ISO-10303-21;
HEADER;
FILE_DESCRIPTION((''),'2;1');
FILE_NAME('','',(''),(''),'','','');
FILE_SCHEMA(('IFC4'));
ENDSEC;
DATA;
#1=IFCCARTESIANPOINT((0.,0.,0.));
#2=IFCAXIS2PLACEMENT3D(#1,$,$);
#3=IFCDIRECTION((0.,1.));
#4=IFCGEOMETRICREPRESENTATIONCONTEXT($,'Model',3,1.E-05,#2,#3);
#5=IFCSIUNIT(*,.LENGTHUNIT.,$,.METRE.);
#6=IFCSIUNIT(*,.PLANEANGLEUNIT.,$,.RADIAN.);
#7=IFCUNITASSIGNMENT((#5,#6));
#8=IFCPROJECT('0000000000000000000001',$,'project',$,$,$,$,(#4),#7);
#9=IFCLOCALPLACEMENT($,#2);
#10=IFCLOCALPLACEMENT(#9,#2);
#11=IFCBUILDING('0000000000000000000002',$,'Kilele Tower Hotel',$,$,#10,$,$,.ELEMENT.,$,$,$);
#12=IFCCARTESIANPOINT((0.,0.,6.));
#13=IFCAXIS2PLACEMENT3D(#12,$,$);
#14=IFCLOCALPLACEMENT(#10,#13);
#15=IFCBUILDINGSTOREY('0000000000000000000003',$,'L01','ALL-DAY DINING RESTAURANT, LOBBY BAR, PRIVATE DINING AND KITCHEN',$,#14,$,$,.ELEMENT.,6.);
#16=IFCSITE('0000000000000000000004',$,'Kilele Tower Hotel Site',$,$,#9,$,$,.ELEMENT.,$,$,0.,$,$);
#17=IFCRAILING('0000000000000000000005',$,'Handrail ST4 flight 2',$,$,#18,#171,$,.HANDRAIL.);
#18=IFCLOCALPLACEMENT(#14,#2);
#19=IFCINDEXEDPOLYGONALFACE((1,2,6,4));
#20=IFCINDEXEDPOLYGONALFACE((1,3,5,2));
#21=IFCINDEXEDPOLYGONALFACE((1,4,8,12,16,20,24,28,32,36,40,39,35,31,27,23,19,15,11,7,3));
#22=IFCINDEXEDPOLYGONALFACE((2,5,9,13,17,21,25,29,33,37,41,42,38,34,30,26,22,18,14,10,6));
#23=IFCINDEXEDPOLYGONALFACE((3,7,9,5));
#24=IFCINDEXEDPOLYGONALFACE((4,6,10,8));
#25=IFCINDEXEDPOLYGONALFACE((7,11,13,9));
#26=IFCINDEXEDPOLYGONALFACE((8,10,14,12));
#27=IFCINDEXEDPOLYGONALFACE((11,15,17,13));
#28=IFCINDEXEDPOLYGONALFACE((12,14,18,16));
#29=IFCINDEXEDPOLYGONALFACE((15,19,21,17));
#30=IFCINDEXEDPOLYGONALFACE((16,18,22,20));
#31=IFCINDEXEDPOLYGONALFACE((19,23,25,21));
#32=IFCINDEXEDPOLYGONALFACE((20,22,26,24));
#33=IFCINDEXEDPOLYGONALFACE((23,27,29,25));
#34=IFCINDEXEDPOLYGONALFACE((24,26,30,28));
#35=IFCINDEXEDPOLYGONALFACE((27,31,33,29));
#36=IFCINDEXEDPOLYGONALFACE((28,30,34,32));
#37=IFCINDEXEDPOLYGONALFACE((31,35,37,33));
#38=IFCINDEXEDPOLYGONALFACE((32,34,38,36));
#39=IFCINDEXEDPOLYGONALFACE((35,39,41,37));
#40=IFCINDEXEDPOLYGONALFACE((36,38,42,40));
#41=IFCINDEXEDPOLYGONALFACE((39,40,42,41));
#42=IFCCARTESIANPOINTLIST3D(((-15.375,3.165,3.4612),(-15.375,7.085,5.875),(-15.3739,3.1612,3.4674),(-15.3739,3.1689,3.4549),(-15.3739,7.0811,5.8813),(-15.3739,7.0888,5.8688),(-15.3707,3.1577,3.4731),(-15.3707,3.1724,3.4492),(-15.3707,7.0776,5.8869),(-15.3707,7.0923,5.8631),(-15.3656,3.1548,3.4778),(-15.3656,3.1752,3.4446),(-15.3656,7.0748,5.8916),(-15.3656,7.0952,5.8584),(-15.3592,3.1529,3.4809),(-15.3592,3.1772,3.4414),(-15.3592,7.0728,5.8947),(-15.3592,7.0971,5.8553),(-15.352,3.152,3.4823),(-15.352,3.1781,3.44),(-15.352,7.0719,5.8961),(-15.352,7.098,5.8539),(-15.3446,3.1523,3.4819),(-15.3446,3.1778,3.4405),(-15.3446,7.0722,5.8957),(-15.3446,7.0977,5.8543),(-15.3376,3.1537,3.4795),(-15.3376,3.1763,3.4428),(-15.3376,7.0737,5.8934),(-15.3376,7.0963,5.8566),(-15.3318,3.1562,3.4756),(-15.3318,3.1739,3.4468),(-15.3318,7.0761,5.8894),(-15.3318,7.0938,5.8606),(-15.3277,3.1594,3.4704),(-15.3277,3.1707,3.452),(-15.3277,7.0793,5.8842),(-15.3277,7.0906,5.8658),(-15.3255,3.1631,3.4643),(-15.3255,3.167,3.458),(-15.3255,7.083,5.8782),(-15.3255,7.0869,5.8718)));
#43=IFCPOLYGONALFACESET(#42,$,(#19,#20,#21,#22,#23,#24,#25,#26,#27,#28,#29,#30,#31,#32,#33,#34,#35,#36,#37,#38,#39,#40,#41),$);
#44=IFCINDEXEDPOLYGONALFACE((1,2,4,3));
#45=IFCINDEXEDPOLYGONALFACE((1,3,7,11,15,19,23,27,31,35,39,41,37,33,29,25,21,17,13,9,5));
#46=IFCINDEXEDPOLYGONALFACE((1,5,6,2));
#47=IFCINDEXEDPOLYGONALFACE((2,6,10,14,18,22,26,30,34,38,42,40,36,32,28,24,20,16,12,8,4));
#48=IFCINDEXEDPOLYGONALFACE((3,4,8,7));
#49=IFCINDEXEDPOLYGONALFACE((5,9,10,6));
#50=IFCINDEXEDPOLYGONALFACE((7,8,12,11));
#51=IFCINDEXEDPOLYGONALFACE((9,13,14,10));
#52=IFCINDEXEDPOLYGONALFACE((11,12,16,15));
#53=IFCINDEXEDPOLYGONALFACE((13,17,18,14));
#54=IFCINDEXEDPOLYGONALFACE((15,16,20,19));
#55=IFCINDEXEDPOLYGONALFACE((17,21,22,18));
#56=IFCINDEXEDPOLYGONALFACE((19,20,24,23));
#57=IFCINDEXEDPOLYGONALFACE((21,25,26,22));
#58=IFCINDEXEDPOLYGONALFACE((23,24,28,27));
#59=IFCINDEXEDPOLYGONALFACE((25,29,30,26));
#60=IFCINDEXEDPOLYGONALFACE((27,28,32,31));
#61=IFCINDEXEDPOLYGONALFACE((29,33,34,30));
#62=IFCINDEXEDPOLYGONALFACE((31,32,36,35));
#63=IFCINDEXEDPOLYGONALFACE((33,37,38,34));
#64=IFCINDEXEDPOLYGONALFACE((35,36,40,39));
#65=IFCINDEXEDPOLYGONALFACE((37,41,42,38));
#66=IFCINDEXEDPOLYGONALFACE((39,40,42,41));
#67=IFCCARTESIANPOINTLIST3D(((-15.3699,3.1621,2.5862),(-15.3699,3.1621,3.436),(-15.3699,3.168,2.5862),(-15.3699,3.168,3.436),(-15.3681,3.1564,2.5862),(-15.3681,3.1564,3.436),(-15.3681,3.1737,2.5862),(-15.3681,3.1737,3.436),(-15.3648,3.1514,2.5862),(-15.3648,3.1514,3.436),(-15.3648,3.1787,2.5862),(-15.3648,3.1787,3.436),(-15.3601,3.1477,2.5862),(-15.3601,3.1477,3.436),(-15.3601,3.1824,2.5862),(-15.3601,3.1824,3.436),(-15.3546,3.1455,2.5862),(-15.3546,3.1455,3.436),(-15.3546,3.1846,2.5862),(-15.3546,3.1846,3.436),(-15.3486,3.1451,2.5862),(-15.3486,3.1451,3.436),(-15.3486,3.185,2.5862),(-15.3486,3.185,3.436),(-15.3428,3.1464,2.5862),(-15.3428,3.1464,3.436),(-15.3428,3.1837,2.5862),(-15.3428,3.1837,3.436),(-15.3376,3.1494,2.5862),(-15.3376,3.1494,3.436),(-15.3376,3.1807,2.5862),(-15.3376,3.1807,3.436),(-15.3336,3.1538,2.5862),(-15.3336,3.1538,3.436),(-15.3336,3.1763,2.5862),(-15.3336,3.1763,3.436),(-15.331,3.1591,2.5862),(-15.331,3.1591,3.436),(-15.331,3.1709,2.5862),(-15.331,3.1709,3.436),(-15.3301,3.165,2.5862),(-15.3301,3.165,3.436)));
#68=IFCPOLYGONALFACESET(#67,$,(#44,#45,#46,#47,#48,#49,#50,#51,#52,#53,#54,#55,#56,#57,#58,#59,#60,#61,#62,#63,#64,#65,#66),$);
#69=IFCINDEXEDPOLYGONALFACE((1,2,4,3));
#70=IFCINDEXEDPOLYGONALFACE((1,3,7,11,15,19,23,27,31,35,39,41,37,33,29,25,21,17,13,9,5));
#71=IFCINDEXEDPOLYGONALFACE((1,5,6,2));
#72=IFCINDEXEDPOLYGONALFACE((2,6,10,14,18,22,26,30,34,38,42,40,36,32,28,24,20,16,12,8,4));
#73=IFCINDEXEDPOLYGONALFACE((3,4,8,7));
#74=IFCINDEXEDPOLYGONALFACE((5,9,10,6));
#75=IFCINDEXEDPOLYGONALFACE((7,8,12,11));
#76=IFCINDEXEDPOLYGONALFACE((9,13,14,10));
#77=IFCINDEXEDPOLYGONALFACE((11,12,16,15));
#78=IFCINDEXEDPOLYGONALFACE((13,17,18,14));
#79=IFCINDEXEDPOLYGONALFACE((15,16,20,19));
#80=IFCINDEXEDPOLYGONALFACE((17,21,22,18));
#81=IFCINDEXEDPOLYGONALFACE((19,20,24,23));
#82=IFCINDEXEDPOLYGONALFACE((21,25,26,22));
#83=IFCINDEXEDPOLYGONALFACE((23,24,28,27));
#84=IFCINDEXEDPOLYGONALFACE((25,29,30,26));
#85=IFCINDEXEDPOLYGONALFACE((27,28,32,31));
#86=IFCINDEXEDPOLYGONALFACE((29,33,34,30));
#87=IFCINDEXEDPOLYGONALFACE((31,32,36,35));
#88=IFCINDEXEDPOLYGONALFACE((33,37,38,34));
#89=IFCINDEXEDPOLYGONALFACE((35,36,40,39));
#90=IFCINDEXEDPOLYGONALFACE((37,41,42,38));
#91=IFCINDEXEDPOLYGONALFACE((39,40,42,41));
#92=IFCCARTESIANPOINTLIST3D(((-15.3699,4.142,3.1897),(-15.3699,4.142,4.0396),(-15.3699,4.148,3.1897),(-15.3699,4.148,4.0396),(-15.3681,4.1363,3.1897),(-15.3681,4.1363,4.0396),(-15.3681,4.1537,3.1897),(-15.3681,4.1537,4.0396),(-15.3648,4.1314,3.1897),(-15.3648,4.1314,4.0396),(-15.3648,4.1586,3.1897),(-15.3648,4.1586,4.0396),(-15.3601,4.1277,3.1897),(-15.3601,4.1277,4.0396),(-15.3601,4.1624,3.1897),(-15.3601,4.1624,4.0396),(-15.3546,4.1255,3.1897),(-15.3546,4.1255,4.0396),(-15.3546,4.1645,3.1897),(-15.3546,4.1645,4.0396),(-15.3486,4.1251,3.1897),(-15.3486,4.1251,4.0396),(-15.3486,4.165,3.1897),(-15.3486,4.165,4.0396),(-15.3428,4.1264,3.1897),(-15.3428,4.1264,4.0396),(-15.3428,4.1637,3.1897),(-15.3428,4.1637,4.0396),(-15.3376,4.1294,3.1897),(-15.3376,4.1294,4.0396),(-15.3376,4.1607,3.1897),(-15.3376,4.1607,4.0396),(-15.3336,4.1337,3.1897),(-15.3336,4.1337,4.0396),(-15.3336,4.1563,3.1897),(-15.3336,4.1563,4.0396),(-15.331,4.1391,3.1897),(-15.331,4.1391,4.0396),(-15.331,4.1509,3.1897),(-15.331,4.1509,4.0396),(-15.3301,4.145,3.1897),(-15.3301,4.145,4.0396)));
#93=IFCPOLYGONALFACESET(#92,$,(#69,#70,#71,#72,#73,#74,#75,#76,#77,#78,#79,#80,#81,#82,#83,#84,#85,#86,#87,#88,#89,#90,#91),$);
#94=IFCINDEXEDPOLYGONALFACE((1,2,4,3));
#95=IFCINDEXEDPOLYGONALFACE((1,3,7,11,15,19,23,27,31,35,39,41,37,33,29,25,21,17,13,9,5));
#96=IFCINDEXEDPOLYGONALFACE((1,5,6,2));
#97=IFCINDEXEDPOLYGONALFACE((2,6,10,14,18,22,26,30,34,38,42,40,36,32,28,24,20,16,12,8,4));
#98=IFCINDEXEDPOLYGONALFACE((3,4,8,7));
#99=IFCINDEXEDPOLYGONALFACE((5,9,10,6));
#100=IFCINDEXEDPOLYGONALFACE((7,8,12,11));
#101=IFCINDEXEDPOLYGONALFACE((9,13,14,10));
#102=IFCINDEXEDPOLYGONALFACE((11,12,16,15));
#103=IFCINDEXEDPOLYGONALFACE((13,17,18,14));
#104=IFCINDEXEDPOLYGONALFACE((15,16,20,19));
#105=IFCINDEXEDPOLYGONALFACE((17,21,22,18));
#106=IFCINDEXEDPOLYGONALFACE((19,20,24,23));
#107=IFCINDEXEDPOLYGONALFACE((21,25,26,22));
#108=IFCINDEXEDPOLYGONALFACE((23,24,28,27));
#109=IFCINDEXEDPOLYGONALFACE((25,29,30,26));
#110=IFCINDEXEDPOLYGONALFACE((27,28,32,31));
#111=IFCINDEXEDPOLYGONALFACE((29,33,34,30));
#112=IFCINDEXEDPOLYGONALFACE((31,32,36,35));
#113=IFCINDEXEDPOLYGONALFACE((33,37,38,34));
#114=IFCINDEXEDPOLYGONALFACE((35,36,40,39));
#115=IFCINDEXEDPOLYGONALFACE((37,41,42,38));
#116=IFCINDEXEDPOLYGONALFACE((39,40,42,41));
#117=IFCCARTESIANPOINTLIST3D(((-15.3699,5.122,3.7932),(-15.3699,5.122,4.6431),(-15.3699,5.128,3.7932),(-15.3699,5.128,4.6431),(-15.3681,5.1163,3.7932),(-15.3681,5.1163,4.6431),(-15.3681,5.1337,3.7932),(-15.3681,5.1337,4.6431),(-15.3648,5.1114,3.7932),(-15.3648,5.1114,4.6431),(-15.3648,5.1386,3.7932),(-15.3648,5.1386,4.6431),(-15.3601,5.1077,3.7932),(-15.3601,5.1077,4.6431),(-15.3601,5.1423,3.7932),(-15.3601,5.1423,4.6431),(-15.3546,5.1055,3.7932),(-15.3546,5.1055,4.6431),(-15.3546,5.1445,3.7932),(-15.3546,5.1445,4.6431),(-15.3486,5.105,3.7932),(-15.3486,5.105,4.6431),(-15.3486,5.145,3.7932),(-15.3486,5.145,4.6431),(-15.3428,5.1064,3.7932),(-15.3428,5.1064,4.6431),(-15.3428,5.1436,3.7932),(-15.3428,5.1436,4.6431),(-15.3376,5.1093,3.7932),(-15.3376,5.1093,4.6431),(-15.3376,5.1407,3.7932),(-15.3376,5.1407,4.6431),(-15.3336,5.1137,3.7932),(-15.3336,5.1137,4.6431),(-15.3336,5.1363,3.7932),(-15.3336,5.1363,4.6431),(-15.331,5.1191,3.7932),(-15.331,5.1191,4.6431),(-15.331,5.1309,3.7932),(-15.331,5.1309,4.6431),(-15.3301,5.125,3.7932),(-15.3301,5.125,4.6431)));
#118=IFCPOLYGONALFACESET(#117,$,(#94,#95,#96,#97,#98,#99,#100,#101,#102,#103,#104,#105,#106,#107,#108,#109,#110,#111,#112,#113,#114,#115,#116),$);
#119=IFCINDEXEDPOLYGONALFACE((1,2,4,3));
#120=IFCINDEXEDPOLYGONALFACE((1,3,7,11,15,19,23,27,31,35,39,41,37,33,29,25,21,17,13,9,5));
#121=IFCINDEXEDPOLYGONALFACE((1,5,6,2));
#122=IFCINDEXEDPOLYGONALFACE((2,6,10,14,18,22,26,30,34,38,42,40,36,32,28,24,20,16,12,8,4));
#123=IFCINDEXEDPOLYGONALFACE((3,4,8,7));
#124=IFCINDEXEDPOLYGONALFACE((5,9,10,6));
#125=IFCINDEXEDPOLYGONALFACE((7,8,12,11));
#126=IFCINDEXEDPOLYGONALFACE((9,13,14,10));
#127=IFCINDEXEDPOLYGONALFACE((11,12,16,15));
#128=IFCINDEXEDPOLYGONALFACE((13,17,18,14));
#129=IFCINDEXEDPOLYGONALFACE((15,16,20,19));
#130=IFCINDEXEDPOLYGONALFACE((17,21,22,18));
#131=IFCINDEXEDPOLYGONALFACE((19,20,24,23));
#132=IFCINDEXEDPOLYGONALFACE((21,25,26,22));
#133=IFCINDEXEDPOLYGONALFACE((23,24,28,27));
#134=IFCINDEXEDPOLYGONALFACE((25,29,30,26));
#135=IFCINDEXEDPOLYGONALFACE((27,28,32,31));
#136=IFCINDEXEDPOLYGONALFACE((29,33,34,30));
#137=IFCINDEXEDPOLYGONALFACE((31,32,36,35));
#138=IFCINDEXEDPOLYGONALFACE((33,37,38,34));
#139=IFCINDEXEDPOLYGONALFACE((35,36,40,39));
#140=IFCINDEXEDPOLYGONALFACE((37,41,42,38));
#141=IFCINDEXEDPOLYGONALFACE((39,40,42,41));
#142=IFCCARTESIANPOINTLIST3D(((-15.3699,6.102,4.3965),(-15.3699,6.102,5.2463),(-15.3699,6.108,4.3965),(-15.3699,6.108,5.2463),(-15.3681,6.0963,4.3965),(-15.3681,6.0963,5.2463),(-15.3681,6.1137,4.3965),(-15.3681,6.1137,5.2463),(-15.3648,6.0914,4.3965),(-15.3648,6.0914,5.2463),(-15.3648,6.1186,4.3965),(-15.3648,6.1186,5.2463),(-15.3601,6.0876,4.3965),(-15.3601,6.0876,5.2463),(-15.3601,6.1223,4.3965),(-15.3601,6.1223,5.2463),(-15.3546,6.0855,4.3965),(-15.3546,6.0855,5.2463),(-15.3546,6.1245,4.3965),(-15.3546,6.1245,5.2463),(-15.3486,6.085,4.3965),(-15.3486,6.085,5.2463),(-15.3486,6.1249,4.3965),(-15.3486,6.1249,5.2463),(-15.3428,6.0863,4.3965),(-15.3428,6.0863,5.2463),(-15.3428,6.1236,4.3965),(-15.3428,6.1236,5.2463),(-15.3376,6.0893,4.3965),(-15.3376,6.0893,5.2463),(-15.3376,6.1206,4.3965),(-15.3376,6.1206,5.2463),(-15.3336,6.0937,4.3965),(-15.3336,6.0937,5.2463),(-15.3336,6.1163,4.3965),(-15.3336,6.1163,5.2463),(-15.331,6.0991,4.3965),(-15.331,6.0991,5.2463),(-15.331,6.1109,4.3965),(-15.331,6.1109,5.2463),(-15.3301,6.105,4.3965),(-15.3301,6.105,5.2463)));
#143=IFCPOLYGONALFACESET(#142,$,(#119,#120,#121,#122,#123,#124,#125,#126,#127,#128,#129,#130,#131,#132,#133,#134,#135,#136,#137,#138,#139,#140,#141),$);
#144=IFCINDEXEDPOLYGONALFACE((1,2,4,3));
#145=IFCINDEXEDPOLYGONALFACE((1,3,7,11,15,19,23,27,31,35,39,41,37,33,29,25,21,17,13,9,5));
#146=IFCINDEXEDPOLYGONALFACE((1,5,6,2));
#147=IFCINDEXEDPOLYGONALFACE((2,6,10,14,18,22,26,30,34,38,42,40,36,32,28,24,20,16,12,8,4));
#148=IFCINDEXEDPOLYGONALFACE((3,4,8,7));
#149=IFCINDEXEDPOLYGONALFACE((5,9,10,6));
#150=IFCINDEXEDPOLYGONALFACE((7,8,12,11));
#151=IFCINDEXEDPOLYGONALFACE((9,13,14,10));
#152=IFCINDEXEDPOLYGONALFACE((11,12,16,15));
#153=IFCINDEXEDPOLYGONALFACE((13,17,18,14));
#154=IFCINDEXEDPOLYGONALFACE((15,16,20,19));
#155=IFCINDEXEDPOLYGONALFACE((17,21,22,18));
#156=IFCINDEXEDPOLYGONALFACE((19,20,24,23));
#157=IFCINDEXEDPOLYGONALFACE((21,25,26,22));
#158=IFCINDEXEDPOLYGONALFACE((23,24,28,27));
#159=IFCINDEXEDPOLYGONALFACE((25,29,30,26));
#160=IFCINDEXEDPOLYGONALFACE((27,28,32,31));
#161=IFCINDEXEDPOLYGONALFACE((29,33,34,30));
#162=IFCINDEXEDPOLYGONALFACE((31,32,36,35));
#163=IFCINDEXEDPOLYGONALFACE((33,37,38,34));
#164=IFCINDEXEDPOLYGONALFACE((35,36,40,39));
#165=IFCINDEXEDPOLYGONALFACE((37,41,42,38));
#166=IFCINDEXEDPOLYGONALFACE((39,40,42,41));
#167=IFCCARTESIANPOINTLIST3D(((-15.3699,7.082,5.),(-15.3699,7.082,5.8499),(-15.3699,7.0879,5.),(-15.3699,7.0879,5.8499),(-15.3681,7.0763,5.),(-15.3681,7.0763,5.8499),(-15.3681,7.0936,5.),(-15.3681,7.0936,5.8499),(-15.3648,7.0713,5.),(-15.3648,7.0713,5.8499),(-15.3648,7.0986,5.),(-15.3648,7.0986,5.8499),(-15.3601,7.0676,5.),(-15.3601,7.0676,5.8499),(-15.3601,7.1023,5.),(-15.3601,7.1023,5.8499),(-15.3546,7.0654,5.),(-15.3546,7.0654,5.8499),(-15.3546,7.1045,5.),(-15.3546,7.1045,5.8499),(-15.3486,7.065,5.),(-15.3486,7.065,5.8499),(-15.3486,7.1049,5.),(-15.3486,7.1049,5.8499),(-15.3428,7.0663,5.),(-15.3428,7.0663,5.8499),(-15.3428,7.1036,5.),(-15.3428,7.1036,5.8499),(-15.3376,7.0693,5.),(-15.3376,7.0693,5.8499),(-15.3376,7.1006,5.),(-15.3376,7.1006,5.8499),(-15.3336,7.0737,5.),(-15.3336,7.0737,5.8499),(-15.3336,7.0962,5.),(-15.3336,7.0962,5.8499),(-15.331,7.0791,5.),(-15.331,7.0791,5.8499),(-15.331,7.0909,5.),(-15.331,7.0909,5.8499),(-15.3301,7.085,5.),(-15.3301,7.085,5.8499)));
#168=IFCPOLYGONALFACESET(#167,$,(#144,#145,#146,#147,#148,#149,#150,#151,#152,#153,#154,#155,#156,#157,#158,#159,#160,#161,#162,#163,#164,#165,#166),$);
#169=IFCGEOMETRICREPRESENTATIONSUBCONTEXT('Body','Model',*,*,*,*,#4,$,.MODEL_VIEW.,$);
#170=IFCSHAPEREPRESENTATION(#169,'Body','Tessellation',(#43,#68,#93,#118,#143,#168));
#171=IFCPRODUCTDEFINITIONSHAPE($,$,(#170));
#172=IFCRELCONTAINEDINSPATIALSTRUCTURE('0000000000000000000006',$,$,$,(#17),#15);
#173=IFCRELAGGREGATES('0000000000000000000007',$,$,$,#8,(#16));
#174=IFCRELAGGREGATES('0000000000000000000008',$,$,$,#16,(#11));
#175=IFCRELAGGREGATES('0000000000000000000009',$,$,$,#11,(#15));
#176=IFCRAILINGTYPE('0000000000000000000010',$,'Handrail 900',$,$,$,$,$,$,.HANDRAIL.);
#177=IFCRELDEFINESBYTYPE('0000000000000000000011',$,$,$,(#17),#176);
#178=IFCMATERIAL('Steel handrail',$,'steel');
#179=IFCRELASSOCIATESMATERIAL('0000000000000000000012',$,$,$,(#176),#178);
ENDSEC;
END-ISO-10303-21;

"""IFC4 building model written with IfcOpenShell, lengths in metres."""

from ifc_helpers import new_model, si_unit, direction, frame, origin, origin_2d, place, context, subcontext, project, spatial, circle, extrude, material, type_object, element, save


model = new_model("IFC4")

# Units and contexts
model_context = context("Model", 3, precision=1e-05, world=origin(), true_north=direction((0.0, 1.0)))
body_context = subcontext(model_context, "Body", "Model", "MODEL_VIEW")
ifc_project = project(units=[si_unit("LENGTHUNIT", "METRE"), si_unit("PLANEANGLEUNIT", "RADIAN")], contexts=[model_context])

# Site, building, storey
site_placement = place(None, origin())
site = spatial("IfcSite", under=ifc_project, at=site_placement, Name="Kilele Tower Hotel Site", CompositionType="ELEMENT", RefElevation=0.0)
building_placement = place(site_placement, origin())
building = spatial("IfcBuilding", under=site, at=building_placement, Name="Kilele Tower Hotel", CompositionType="ELEMENT")
storey_placement = place(building_placement, frame((0.0, 0.0, 6.0)))
storey = spatial("IfcBuildingStorey", under=building, at=storey_placement, Name="L01", Description="ALL-DAY DINING RESTAURANT, LOBBY BAR, PRIVATE DINING AND KITCHEN", CompositionType="ELEMENT", Elevation=6.0)

# Railing
ifc_material_1 = material(Name="Steel handrail", Category="steel")
railing_type_1 = type_object("IfcRailingType", Name="Handrail 900", PredefinedType="HANDRAIL", material=ifc_material_1)
for number, where, name in (
    (1, (-15.3501, 3.165, 2.5862), "Handrail ST4 flight 2"),
):
    element("IfcRailing", number, at=place(storey_placement, frame(where)), inside=storey, type_object=railing_type_1, Name=name, PredefinedType="HANDRAIL", context=body_context, shape_type="SweptSolid", body=[
        extrude(circle(Radius=0.0249, at=origin_2d()), frame((0.0, 0.0, 0.875), z_axis=(0.0, 0.851507, 0.524343), x_axis=(-1.0, 0.0, 0.0)), (0.0, 0.0, 1.0), 4.6035),
        extrude(circle(Radius=0.02, at=origin_2d()), origin(), (0.0, 0.0, 1.0), 0.8499),
        extrude(circle(Radius=0.02, at=origin_2d()), frame((0.0, 0.98, 0.6035)), (0.0, 0.0, 1.0), 0.8499),
        extrude(circle(Radius=0.02, at=origin_2d()), frame((0.0, 1.96, 1.207)), (0.0, 0.0, 1.0), 0.8499),
        extrude(circle(Radius=0.02, at=origin_2d()), frame((0.0, 2.9399, 1.8103)), (0.0, 0.0, 1.0), 0.8499),
        extrude(circle(Radius=0.02, at=origin_2d()), frame((0.0, 3.9199, 2.4138)), (0.0, 0.0, 1.0), 0.8499),
    ])

save(model, "model.ifc")
